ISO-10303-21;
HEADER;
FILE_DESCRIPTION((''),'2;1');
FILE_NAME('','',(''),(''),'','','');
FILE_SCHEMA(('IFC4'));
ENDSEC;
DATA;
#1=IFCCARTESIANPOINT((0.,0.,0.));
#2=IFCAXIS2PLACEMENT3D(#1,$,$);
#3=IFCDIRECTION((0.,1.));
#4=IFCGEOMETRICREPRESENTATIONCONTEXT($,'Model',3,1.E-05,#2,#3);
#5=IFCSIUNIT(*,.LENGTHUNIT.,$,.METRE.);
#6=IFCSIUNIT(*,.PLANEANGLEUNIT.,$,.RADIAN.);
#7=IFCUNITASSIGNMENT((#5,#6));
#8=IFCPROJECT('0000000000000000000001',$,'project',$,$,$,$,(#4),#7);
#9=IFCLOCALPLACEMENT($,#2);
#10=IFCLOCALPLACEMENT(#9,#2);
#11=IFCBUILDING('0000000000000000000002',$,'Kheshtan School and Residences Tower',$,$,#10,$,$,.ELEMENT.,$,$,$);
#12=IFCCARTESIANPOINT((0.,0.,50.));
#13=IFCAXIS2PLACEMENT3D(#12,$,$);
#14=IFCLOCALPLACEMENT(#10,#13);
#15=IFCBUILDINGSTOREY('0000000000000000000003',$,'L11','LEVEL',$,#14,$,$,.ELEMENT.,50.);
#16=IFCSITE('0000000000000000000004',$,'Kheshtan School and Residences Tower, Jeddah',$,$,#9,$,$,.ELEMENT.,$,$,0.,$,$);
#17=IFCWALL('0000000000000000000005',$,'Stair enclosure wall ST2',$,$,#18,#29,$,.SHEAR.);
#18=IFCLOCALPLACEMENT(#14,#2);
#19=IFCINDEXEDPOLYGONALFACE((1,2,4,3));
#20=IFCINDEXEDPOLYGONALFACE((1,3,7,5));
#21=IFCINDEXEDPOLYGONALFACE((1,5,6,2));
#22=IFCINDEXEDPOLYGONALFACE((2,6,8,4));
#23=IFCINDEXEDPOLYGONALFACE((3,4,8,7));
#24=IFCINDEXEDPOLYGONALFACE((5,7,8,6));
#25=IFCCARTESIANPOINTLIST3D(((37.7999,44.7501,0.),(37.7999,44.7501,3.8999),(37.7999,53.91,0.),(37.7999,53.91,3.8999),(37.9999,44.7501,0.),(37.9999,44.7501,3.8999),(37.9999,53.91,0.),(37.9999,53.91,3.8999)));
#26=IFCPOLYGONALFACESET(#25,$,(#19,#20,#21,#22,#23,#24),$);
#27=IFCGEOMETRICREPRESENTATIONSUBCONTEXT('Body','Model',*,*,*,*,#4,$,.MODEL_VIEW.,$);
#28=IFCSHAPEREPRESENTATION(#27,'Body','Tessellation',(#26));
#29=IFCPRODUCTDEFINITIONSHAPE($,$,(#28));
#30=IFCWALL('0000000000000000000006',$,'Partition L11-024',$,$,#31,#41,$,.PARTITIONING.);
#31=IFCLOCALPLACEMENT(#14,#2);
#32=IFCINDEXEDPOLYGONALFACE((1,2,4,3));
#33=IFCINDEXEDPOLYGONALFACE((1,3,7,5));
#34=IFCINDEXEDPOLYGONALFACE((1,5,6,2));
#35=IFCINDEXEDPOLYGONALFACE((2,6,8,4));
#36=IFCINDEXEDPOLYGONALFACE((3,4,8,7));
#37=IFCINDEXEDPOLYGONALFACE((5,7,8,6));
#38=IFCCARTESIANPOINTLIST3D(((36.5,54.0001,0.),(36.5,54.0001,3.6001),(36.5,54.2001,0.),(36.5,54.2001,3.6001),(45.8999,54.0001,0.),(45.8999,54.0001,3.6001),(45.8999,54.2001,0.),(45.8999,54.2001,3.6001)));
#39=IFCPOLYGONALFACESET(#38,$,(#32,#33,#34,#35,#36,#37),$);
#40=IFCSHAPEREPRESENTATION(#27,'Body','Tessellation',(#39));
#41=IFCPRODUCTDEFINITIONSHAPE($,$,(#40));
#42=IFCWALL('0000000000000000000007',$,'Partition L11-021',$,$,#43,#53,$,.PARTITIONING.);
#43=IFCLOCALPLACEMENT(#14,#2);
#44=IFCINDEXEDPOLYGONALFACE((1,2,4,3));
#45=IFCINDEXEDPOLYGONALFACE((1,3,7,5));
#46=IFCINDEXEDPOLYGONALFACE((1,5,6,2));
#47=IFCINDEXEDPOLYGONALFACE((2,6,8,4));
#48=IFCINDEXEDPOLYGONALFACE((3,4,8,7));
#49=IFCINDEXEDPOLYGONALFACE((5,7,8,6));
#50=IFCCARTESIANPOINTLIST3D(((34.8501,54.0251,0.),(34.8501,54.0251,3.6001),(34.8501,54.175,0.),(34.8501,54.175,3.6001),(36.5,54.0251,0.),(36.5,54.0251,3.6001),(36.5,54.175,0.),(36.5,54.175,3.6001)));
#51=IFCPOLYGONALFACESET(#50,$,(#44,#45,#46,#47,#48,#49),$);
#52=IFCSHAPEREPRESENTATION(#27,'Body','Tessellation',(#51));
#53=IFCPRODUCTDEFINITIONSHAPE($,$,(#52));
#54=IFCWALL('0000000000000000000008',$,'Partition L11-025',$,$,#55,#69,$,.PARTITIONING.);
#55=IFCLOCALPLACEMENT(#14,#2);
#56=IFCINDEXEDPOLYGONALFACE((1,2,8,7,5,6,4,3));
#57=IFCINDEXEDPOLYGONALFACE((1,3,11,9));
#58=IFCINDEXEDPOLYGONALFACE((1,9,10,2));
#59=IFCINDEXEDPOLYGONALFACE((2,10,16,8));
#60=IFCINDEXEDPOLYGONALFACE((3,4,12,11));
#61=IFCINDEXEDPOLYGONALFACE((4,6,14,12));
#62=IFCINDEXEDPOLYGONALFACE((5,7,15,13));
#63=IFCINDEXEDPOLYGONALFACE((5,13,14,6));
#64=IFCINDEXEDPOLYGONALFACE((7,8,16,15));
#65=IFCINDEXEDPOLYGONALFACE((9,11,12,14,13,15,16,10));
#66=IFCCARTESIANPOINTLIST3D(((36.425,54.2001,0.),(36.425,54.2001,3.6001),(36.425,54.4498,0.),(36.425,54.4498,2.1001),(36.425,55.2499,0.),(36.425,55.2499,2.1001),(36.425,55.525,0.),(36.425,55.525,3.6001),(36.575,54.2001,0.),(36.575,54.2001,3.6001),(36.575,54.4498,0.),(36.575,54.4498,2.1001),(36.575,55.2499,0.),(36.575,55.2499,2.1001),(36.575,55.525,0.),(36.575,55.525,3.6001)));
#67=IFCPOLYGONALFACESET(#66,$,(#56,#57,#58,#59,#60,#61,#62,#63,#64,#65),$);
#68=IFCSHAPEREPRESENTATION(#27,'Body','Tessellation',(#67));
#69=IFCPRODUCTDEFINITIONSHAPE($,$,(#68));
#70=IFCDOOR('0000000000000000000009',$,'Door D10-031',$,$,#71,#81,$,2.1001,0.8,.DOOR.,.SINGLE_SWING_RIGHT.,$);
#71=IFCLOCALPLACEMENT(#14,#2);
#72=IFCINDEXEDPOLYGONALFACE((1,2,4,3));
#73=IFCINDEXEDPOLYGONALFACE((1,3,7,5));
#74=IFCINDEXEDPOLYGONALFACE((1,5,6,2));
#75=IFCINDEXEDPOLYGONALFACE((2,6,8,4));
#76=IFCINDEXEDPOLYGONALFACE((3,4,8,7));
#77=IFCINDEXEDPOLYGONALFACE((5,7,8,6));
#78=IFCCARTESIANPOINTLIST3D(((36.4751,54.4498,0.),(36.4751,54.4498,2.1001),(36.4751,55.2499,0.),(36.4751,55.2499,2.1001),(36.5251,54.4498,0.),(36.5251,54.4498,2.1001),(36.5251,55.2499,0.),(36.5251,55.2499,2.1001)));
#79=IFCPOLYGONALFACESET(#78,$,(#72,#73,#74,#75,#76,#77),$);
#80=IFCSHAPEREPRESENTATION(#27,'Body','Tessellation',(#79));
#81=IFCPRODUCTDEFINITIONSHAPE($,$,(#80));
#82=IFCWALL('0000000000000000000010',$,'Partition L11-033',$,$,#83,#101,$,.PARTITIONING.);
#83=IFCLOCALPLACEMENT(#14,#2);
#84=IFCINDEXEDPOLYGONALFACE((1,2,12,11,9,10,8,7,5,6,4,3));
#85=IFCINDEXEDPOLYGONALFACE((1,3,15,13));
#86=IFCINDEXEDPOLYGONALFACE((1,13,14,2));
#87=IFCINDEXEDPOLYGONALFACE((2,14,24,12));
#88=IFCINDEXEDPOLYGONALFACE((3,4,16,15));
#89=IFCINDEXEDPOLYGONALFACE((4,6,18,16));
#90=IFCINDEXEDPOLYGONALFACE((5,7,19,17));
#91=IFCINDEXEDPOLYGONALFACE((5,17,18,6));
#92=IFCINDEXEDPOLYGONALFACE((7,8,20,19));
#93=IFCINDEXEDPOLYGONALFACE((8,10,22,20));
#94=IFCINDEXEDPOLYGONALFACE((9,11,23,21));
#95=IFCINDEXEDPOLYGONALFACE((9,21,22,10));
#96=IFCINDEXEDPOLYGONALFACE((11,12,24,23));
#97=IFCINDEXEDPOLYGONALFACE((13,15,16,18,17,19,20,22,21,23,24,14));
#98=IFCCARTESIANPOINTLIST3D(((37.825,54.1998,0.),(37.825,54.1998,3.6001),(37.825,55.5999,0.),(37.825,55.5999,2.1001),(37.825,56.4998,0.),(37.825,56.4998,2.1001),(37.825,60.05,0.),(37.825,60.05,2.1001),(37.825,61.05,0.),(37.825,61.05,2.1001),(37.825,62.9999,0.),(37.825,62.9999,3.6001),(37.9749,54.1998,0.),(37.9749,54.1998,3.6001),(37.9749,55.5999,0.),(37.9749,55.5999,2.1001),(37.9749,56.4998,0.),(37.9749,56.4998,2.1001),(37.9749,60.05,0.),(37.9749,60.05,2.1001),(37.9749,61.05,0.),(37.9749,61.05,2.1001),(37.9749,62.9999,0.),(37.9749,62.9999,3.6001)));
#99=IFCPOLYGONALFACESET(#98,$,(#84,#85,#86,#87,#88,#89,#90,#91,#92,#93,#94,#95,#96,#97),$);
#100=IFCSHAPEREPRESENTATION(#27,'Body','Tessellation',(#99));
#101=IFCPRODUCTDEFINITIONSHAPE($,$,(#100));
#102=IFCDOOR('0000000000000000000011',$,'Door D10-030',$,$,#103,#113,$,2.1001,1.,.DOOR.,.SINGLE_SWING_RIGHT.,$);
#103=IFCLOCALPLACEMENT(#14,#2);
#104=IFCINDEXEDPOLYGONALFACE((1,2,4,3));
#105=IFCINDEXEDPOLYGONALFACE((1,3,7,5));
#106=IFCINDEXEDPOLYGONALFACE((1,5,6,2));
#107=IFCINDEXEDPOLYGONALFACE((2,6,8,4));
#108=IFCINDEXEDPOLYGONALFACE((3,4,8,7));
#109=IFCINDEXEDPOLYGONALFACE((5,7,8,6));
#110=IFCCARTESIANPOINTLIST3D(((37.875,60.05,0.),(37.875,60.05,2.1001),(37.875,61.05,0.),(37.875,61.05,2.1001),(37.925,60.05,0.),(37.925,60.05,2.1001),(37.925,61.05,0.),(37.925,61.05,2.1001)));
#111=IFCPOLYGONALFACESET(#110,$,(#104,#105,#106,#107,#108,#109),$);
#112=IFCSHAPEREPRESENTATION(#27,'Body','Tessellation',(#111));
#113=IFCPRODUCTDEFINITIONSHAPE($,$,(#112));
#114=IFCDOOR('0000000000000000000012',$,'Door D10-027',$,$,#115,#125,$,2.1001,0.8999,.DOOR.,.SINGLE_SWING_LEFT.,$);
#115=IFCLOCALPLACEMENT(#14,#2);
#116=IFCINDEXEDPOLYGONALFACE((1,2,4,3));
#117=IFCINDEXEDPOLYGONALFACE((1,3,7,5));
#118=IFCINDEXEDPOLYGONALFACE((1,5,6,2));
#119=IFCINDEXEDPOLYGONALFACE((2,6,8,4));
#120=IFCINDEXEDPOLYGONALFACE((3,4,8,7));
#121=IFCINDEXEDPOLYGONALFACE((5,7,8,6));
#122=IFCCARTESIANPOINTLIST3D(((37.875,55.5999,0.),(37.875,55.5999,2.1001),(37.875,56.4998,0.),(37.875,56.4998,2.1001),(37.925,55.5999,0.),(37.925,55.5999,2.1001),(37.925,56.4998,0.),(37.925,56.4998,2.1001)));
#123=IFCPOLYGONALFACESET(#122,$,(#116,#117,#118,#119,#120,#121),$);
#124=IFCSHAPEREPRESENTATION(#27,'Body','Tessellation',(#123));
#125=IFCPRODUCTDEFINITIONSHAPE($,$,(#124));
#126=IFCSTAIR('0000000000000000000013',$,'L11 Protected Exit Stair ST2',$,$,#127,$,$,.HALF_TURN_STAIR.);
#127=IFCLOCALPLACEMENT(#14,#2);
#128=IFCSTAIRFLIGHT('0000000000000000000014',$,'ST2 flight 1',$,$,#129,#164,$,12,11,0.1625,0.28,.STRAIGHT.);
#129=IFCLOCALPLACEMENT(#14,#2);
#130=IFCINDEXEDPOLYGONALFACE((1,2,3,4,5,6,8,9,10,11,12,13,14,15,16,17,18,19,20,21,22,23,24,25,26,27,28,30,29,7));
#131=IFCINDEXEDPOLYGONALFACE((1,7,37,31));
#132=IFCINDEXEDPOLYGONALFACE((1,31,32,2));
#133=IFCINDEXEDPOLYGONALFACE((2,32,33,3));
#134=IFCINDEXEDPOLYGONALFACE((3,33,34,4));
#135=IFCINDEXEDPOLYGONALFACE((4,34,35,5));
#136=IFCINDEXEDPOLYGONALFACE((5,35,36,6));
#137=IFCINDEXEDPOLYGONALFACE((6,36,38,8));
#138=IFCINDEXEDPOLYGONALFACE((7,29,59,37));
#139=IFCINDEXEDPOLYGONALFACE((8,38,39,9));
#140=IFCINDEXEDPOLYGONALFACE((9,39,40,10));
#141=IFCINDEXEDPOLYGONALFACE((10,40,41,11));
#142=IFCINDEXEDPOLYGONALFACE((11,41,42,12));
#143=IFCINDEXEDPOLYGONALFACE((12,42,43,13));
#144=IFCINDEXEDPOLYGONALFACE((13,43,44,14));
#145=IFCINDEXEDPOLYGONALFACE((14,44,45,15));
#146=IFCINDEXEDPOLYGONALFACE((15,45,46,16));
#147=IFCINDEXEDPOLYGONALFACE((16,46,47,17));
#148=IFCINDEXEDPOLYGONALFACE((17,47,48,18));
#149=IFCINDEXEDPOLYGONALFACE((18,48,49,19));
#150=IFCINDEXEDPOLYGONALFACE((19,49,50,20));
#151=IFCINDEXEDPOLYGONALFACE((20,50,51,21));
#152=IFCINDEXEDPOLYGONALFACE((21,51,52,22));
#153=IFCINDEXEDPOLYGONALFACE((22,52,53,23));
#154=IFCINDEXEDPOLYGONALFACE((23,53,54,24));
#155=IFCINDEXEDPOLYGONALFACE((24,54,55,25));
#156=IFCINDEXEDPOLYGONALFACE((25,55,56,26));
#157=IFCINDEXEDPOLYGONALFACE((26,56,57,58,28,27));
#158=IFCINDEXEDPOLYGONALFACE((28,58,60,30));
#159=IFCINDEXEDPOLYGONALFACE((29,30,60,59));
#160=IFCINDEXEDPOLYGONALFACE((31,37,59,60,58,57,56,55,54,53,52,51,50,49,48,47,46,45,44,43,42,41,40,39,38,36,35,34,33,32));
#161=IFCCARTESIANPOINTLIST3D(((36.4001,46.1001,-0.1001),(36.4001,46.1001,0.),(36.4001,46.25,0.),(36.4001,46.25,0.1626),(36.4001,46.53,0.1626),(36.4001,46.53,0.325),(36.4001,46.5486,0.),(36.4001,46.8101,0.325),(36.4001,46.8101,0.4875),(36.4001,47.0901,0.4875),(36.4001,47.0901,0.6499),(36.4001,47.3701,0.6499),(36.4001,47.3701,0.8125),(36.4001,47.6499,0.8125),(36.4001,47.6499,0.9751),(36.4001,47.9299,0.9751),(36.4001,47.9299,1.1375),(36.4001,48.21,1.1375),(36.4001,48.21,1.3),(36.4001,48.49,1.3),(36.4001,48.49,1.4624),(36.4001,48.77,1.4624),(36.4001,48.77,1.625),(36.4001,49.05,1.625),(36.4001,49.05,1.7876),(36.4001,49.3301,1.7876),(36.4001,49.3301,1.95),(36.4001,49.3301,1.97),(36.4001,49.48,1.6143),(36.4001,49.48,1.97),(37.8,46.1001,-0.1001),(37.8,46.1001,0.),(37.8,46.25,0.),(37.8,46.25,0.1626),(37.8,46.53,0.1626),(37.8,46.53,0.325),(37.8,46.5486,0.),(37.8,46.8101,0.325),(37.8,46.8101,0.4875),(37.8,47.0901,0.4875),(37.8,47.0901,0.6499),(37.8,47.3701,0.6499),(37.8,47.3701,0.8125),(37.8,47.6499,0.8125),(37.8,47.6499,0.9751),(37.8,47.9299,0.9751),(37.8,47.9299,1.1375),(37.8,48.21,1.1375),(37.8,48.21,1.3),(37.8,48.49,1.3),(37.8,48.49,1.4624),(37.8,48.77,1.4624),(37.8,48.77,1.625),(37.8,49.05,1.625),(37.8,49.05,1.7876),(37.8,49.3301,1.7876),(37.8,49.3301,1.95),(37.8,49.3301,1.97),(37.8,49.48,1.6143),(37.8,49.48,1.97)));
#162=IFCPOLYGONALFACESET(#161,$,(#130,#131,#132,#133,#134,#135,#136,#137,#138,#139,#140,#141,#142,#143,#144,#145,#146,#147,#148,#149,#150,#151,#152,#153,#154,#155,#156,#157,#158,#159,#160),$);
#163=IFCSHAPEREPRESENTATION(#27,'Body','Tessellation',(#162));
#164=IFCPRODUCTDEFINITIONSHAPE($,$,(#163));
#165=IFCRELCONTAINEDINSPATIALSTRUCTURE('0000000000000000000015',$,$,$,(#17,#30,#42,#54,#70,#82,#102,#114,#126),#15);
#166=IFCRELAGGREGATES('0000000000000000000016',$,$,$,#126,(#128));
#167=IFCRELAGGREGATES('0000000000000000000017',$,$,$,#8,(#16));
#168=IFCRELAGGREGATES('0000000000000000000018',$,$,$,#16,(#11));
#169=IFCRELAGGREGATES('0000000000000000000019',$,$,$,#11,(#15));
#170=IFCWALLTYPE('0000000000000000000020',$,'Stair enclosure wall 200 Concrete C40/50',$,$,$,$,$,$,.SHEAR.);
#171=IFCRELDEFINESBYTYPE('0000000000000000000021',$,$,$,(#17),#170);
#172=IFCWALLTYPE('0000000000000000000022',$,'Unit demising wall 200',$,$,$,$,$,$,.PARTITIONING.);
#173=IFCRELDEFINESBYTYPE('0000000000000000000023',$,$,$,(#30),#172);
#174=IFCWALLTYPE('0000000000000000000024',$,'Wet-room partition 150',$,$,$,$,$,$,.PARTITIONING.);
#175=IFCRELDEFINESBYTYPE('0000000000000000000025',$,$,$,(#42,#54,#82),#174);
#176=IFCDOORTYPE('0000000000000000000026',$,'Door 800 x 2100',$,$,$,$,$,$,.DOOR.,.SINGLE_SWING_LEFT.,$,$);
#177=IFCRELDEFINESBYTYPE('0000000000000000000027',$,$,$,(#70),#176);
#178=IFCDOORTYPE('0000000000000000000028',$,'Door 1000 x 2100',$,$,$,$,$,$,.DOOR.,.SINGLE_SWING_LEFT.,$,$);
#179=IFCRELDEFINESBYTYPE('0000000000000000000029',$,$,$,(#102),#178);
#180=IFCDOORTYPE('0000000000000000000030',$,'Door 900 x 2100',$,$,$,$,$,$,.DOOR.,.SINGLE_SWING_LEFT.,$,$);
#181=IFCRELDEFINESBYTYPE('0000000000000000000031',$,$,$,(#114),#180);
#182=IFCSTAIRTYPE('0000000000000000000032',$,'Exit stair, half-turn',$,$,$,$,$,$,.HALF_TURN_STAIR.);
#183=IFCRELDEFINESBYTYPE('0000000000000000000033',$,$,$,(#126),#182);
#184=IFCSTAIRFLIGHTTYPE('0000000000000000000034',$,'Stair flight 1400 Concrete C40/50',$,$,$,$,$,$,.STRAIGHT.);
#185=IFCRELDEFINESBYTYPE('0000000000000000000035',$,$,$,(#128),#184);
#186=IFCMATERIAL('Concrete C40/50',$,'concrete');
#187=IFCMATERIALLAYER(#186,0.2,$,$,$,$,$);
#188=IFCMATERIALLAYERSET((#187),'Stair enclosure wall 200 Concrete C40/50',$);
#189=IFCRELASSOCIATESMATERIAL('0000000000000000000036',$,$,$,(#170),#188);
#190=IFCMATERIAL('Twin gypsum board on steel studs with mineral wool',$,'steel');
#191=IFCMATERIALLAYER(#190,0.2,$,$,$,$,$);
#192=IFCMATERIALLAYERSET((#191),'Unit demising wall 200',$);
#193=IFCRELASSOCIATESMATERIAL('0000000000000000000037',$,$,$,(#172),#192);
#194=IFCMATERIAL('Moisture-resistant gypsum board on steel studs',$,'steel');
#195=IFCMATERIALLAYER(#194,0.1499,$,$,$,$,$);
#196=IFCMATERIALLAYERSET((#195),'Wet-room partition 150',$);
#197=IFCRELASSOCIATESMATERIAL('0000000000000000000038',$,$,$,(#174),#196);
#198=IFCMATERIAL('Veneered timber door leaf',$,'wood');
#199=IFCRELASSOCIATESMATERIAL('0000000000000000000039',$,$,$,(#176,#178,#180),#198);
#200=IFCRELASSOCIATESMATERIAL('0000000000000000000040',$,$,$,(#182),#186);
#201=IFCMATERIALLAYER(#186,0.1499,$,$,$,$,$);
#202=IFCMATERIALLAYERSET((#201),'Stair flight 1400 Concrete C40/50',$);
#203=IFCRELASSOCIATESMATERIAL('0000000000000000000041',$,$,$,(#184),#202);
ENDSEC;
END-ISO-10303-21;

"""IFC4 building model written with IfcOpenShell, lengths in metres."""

from ifc_helpers import new_model, si_unit, direction, frame, frame_2d, origin, place, context, subcontext, project, spatial, polyline, rectangle, outline, extrude, source, transform, mapped, material, layer, layer_set, type_object, element, fill, aggregate, save


model = new_model("IFC4")

# Units and contexts
model_context = context("Model", 3, precision=1e-05, world=origin(), true_north=direction((0.0, 1.0)))
body_context = subcontext(model_context, "Body", "Model", "MODEL_VIEW")
ifc_project = project(units=[si_unit("LENGTHUNIT", "METRE"), si_unit("PLANEANGLEUNIT", "RADIAN")], contexts=[model_context])

# Site, building, storey
site_placement = place(None, origin())
site = spatial("IfcSite", under=ifc_project, at=site_placement, Name="Kheshtan School and Residences Tower, Jeddah", CompositionType="ELEMENT", RefElevation=0.0)
building_placement = place(site_placement, origin())
building = spatial("IfcBuilding", under=site, at=building_placement, Name="Kheshtan School and Residences Tower", CompositionType="ELEMENT")
storey_placement = place(building_placement, frame((0.0, 0.0, 50.0)))
storey = spatial("IfcBuildingStorey", under=building, at=storey_placement, Name="L11", Description="LEVEL", CompositionType="ELEMENT", Elevation=50.0)

# Walls
ifc_material_1 = material(Name="Concrete C40/50", Category="concrete")
ifc_layer_1 = layer(ifc_material_1, 0.2)
ifc_layer_set_1 = layer_set([ifc_layer_1], Name="Stair enclosure wall 200 Concrete C40/50")
wall_type_1 = type_object("IfcWallType", Name="Stair enclosure wall 200 Concrete C40/50", PredefinedType="SHEAR", material=ifc_layer_set_1)
wall_1_placement = place(storey_placement, frame((37.8999, 44.75, 0.0), z_axis=(0.0, 0.0, 1.0), x_axis=(0.0, 1.0, 0.0)))
element("IfcWall", 1, at=wall_1_placement, inside=storey, type_object=wall_type_1, Name="Stair enclosure wall ST2", PredefinedType="SHEAR", context=body_context, shape_type="SweptSolid", body=[
    extrude(rectangle(XDim=9.1599, YDim=0.2, at=frame_2d((4.5801, 0.0))), origin(), (0.0, 0.0, 1.0), 3.8999),
])
ifc_material_2 = material(Name="Twin gypsum board on steel studs with mineral wool", Category="steel")
ifc_layer_2 = layer(ifc_material_2, 0.2)
ifc_layer_set_2 = layer_set([ifc_layer_2], Name="Unit demising wall 200")
wall_type_2 = type_object("IfcWallType", Name="Unit demising wall 200", PredefinedType="PARTITIONING", material=ifc_layer_set_2)
wall_2_placement = place(storey_placement, frame((36.5, 54.1001, 0.0), z_axis=(0.0, 0.0, 1.0), x_axis=(1.0, 0.0, 0.0)))
element("IfcWall", 2, at=wall_2_placement, inside=storey, type_object=wall_type_2, Name="Partition L11-024", PredefinedType="PARTITIONING", context=body_context, shape_type="SweptSolid", body=[
    extrude(rectangle(XDim=9.3999, YDim=0.2, at=frame_2d((4.7, 0.0))), origin(), (0.0, 0.0, 1.0), 3.6001),
])
ifc_material_3 = material(Name="Moisture-resistant gypsum board on steel studs", Category="steel")
ifc_layer_3 = layer(ifc_material_3, 0.1499)
ifc_layer_set_3 = layer_set([ifc_layer_3], Name="Wet-room partition 150")
wall_type_3 = type_object("IfcWallType", Name="Wet-room partition 150", PredefinedType="PARTITIONING", material=ifc_layer_set_3)
wall_3_placement = place(storey_placement, frame((34.8501, 54.1001, 0.0), z_axis=(0.0, 0.0, 1.0), x_axis=(1.0, 0.0, 0.0)))
element("IfcWall", 3, at=wall_3_placement, inside=storey, type_object=wall_type_3, Name="Partition L11-021", PredefinedType="PARTITIONING", context=body_context, shape_type="SweptSolid", body=[
    extrude(rectangle(XDim=1.6499, YDim=0.1499, at=frame_2d((0.825, 0.0))), origin(), (0.0, 0.0, 1.0), 3.6001),
])

# Wall, opening, door
wall_4_placement = place(storey_placement, frame((36.5, 54.2, 0.0), z_axis=(0.0, 0.0, 1.0), x_axis=(0.0, 1.0, 0.0)))
wall_4 = element("IfcWall", 4, at=wall_4_placement, inside=storey, type_object=wall_type_3, Name="Partition L11-025", PredefinedType="PARTITIONING", context=body_context, shape_type="SweptSolid", body=[
    extrude(rectangle(XDim=1.325, YDim=0.1499, at=frame_2d((0.6626, 0.0))), origin(), (0.0, 0.0, 1.0), 3.6001),
])
opening_1_placement = place(wall_4_placement, frame((0.25, 0.0, 0.0)))
opening_1 = element("IfcOpeningElement", 5, at=opening_1_placement, cuts=wall_4, PredefinedType="OPENING", context=body_context, shape_type="SweptSolid", body=[
    extrude(rectangle(XDim=0.8, YDim=2.1001, at=frame_2d((0.3999, 1.05))), frame((0.0, 0.085, 0.0), z_axis=(0.0, -1.0, 0.0), x_axis=(1.0, 0.0, 0.0)), (0.0, 0.0, 1.0), 0.1699),
])
ifc_material_4 = material(Name="Veneered timber door leaf", Category="wood")
door_type_1 = type_object("IfcDoorType", Name="Door 800 x 2100", OperationType="SINGLE_SWING_LEFT", PredefinedType="DOOR", material=ifc_material_4)
shared_shape_1 = source(origin(), body_context, "Body", "SweptSolid", [
    extrude(rectangle(XDim=0.8, YDim=2.1001, at=frame_2d((0.3999, 1.05))), frame((0.0, 0.0249, 0.0), z_axis=(0.0, -1.0, 0.0), x_axis=(1.0, 0.0, 0.0)), (0.0, 0.0, 1.0), 0.05),
])
door_1_placement = place(opening_1_placement, origin())
door_1 = element("IfcDoor", 6, at=door_1_placement, inside=storey, type_object=door_type_1, Name="Door D10-031", OperationType="SINGLE_SWING_RIGHT", OverallHeight=2.1001, OverallWidth=0.8, PredefinedType="DOOR", context=body_context, shape_type="MappedRepresentation", body=[
    mapped(shared_shape_1, transform((0.0, 0.0, 0.0), x_axis=(1.0, 0.0, 0.0), y_axis=(0.0, 1.0, 0.0), z_axis=(0.0, 0.0, 1.0), scale=1.0)),
])
fill(opening_1, door_1)

# Wall, openings, doors
wall_5_placement = place(storey_placement, frame((37.8999, 54.2, 0.0), z_axis=(0.0, 0.0, 1.0), x_axis=(0.0, 1.0, 0.0)))
wall_5 = element("IfcWall", 7, at=wall_5_placement, inside=storey, type_object=wall_type_3, Name="Partition L11-033", PredefinedType="PARTITIONING", context=body_context, shape_type="SweptSolid", body=[
    extrude(rectangle(XDim=8.8, YDim=0.1499, at=frame_2d((4.3999, 0.0))), origin(), (0.0, 0.0, 1.0), 3.6001),
])
opening_2_placement = place(wall_5_placement, frame((1.3999, 0.0, 0.0)))
opening_2 = element("IfcOpeningElement", 8, at=opening_2_placement, cuts=wall_5, PredefinedType="OPENING", context=body_context, shape_type="SweptSolid", body=[
    extrude(rectangle(XDim=0.8999, YDim=2.1001, at=frame_2d((0.45, 1.05))), frame((0.0, 0.085, 0.0), z_axis=(0.0, -1.0, 0.0), x_axis=(1.0, 0.0, 0.0)), (0.0, 0.0, 1.0), 0.1699),
])
opening_3_placement = place(wall_5_placement, frame((5.8501, 0.0, 0.0)))
opening_3 = element("IfcOpeningElement", 9, at=opening_3_placement, cuts=wall_5, PredefinedType="OPENING", context=body_context, shape_type="SweptSolid", body=[
    extrude(rectangle(XDim=1.0, YDim=2.1001, at=frame_2d((0.5, 1.05))), frame((0.0, 0.085, 0.0), z_axis=(0.0, -1.0, 0.0), x_axis=(1.0, 0.0, 0.0)), (0.0, 0.0, 1.0), 0.1699),
])
door_type_2 = type_object("IfcDoorType", Name="Door 1000 x 2100", OperationType="SINGLE_SWING_LEFT", PredefinedType="DOOR", material=ifc_material_4)
shared_shape_2 = source(origin(), body_context, "Body", "SweptSolid", [
    extrude(rectangle(XDim=1.0, YDim=2.1001, at=frame_2d((0.5, 1.05))), frame((0.0, 0.0249, 0.0), z_axis=(0.0, -1.0, 0.0), x_axis=(1.0, 0.0, 0.0)), (0.0, 0.0, 1.0), 0.05),
])
door_2_placement = place(opening_3_placement, origin())
door_2 = element("IfcDoor", 10, at=door_2_placement, inside=storey, type_object=door_type_2, Name="Door D10-030", OperationType="SINGLE_SWING_RIGHT", OverallHeight=2.1001, OverallWidth=1.0, PredefinedType="DOOR", context=body_context, shape_type="MappedRepresentation", body=[
    mapped(shared_shape_2, transform((0.0, 0.0, 0.0), x_axis=(1.0, 0.0, 0.0), y_axis=(0.0, 1.0, 0.0), z_axis=(0.0, 0.0, 1.0), scale=1.0)),
])
fill(opening_3, door_2)
door_type_3 = type_object("IfcDoorType", Name="Door 900 x 2100", OperationType="SINGLE_SWING_LEFT", PredefinedType="DOOR", material=ifc_material_4)
shared_shape_3 = source(origin(), body_context, "Body", "SweptSolid", [
    extrude(rectangle(XDim=0.8999, YDim=2.1001, at=frame_2d((0.45, 1.05))), frame((0.0, 0.0249, 0.0), z_axis=(0.0, -1.0, 0.0), x_axis=(1.0, 0.0, 0.0)), (0.0, 0.0, 1.0), 0.05),
])
door_3_placement = place(opening_2_placement, origin())
door_3 = element("IfcDoor", 11, at=door_3_placement, inside=storey, type_object=door_type_3, Name="Door D10-027", OperationType="SINGLE_SWING_LEFT", OverallHeight=2.1001, OverallWidth=0.8999, PredefinedType="DOOR", context=body_context, shape_type="MappedRepresentation", body=[
    mapped(shared_shape_3, transform((0.0, 0.0, 0.0), x_axis=(1.0, 0.0, 0.0), y_axis=(0.0, 1.0, 0.0), z_axis=(0.0, 0.0, 1.0), scale=1.0)),
])
fill(opening_2, door_3)

# Stair, stair flight
stair_type = type_object("IfcStairType", Name="Exit stair, half-turn", PredefinedType="HALF_TURN_STAIR", material=ifc_material_1)
stair_placement = place(storey_placement, origin())
stair = element("IfcStair", 12, at=stair_placement, inside=storey, type_object=stair_type, Name="L11 Protected Exit Stair ST2", PredefinedType="HALF_TURN_STAIR")
ifc_layer_4 = layer(ifc_material_1, 0.1499)
ifc_layer_set_4 = layer_set([ifc_layer_4], Name="Stair flight 1400 Concrete C40/50")
stair_flight_type = type_object("IfcStairFlightType", Name="Stair flight 1400 Concrete C40/50", PredefinedType="STRAIGHT", material=ifc_layer_set_4)
stair_flight_1_placement = place(storey_placement, frame((37.1001, 46.25, 0.0), z_axis=(0.0, 0.0, 1.0), x_axis=(0.0, 1.0, 0.0)))
stair_flight_1 = element("IfcStairFlight", 13, at=stair_flight_1_placement, type_object=stair_flight_type, Name="ST2 flight 1", NumberOfRisers=12, NumberOfTreads=11, PredefinedType="STRAIGHT", RiserHeight=0.1625, TreadLength=0.28, context=body_context, shape_type="SweptSolid", body=[
    extrude(outline(polyline([(-0.1499, -0.1001), (-0.1499, 0.0), (0.0, 0.0), (0.0, 0.1626), (0.28, 0.1626), (0.28, 0.325), (0.5601, 0.325), (0.5601, 0.4875), (0.8401, 0.4875), (0.8401, 0.6499), (1.1201, 0.6499), (1.1201, 0.8125), (1.3999, 0.8125), (1.3999, 0.9751), (1.6799, 0.9751), (1.6799, 1.1375), (1.96, 1.1375), (1.96, 1.3), (2.24, 1.3), (2.24, 1.4624), (2.52, 1.4624), (2.52, 1.625), (2.8, 1.625), (2.8, 1.7876), (3.0801, 1.7876), (3.0801, 1.95), (3.0801, 1.97), (3.23, 1.97), (3.23, 1.6143), (0.2986, 0.0), (-0.1499, -0.1001)])), frame((0.0, 0.7, 0.0), z_axis=(0.0, -1.0, 0.0), x_axis=(1.0, 0.0, 0.0)), (0.0, 0.0, 1.0), 1.3999),
])
aggregate(stair, [stair_flight_1])

save(model, "model.ifc")
